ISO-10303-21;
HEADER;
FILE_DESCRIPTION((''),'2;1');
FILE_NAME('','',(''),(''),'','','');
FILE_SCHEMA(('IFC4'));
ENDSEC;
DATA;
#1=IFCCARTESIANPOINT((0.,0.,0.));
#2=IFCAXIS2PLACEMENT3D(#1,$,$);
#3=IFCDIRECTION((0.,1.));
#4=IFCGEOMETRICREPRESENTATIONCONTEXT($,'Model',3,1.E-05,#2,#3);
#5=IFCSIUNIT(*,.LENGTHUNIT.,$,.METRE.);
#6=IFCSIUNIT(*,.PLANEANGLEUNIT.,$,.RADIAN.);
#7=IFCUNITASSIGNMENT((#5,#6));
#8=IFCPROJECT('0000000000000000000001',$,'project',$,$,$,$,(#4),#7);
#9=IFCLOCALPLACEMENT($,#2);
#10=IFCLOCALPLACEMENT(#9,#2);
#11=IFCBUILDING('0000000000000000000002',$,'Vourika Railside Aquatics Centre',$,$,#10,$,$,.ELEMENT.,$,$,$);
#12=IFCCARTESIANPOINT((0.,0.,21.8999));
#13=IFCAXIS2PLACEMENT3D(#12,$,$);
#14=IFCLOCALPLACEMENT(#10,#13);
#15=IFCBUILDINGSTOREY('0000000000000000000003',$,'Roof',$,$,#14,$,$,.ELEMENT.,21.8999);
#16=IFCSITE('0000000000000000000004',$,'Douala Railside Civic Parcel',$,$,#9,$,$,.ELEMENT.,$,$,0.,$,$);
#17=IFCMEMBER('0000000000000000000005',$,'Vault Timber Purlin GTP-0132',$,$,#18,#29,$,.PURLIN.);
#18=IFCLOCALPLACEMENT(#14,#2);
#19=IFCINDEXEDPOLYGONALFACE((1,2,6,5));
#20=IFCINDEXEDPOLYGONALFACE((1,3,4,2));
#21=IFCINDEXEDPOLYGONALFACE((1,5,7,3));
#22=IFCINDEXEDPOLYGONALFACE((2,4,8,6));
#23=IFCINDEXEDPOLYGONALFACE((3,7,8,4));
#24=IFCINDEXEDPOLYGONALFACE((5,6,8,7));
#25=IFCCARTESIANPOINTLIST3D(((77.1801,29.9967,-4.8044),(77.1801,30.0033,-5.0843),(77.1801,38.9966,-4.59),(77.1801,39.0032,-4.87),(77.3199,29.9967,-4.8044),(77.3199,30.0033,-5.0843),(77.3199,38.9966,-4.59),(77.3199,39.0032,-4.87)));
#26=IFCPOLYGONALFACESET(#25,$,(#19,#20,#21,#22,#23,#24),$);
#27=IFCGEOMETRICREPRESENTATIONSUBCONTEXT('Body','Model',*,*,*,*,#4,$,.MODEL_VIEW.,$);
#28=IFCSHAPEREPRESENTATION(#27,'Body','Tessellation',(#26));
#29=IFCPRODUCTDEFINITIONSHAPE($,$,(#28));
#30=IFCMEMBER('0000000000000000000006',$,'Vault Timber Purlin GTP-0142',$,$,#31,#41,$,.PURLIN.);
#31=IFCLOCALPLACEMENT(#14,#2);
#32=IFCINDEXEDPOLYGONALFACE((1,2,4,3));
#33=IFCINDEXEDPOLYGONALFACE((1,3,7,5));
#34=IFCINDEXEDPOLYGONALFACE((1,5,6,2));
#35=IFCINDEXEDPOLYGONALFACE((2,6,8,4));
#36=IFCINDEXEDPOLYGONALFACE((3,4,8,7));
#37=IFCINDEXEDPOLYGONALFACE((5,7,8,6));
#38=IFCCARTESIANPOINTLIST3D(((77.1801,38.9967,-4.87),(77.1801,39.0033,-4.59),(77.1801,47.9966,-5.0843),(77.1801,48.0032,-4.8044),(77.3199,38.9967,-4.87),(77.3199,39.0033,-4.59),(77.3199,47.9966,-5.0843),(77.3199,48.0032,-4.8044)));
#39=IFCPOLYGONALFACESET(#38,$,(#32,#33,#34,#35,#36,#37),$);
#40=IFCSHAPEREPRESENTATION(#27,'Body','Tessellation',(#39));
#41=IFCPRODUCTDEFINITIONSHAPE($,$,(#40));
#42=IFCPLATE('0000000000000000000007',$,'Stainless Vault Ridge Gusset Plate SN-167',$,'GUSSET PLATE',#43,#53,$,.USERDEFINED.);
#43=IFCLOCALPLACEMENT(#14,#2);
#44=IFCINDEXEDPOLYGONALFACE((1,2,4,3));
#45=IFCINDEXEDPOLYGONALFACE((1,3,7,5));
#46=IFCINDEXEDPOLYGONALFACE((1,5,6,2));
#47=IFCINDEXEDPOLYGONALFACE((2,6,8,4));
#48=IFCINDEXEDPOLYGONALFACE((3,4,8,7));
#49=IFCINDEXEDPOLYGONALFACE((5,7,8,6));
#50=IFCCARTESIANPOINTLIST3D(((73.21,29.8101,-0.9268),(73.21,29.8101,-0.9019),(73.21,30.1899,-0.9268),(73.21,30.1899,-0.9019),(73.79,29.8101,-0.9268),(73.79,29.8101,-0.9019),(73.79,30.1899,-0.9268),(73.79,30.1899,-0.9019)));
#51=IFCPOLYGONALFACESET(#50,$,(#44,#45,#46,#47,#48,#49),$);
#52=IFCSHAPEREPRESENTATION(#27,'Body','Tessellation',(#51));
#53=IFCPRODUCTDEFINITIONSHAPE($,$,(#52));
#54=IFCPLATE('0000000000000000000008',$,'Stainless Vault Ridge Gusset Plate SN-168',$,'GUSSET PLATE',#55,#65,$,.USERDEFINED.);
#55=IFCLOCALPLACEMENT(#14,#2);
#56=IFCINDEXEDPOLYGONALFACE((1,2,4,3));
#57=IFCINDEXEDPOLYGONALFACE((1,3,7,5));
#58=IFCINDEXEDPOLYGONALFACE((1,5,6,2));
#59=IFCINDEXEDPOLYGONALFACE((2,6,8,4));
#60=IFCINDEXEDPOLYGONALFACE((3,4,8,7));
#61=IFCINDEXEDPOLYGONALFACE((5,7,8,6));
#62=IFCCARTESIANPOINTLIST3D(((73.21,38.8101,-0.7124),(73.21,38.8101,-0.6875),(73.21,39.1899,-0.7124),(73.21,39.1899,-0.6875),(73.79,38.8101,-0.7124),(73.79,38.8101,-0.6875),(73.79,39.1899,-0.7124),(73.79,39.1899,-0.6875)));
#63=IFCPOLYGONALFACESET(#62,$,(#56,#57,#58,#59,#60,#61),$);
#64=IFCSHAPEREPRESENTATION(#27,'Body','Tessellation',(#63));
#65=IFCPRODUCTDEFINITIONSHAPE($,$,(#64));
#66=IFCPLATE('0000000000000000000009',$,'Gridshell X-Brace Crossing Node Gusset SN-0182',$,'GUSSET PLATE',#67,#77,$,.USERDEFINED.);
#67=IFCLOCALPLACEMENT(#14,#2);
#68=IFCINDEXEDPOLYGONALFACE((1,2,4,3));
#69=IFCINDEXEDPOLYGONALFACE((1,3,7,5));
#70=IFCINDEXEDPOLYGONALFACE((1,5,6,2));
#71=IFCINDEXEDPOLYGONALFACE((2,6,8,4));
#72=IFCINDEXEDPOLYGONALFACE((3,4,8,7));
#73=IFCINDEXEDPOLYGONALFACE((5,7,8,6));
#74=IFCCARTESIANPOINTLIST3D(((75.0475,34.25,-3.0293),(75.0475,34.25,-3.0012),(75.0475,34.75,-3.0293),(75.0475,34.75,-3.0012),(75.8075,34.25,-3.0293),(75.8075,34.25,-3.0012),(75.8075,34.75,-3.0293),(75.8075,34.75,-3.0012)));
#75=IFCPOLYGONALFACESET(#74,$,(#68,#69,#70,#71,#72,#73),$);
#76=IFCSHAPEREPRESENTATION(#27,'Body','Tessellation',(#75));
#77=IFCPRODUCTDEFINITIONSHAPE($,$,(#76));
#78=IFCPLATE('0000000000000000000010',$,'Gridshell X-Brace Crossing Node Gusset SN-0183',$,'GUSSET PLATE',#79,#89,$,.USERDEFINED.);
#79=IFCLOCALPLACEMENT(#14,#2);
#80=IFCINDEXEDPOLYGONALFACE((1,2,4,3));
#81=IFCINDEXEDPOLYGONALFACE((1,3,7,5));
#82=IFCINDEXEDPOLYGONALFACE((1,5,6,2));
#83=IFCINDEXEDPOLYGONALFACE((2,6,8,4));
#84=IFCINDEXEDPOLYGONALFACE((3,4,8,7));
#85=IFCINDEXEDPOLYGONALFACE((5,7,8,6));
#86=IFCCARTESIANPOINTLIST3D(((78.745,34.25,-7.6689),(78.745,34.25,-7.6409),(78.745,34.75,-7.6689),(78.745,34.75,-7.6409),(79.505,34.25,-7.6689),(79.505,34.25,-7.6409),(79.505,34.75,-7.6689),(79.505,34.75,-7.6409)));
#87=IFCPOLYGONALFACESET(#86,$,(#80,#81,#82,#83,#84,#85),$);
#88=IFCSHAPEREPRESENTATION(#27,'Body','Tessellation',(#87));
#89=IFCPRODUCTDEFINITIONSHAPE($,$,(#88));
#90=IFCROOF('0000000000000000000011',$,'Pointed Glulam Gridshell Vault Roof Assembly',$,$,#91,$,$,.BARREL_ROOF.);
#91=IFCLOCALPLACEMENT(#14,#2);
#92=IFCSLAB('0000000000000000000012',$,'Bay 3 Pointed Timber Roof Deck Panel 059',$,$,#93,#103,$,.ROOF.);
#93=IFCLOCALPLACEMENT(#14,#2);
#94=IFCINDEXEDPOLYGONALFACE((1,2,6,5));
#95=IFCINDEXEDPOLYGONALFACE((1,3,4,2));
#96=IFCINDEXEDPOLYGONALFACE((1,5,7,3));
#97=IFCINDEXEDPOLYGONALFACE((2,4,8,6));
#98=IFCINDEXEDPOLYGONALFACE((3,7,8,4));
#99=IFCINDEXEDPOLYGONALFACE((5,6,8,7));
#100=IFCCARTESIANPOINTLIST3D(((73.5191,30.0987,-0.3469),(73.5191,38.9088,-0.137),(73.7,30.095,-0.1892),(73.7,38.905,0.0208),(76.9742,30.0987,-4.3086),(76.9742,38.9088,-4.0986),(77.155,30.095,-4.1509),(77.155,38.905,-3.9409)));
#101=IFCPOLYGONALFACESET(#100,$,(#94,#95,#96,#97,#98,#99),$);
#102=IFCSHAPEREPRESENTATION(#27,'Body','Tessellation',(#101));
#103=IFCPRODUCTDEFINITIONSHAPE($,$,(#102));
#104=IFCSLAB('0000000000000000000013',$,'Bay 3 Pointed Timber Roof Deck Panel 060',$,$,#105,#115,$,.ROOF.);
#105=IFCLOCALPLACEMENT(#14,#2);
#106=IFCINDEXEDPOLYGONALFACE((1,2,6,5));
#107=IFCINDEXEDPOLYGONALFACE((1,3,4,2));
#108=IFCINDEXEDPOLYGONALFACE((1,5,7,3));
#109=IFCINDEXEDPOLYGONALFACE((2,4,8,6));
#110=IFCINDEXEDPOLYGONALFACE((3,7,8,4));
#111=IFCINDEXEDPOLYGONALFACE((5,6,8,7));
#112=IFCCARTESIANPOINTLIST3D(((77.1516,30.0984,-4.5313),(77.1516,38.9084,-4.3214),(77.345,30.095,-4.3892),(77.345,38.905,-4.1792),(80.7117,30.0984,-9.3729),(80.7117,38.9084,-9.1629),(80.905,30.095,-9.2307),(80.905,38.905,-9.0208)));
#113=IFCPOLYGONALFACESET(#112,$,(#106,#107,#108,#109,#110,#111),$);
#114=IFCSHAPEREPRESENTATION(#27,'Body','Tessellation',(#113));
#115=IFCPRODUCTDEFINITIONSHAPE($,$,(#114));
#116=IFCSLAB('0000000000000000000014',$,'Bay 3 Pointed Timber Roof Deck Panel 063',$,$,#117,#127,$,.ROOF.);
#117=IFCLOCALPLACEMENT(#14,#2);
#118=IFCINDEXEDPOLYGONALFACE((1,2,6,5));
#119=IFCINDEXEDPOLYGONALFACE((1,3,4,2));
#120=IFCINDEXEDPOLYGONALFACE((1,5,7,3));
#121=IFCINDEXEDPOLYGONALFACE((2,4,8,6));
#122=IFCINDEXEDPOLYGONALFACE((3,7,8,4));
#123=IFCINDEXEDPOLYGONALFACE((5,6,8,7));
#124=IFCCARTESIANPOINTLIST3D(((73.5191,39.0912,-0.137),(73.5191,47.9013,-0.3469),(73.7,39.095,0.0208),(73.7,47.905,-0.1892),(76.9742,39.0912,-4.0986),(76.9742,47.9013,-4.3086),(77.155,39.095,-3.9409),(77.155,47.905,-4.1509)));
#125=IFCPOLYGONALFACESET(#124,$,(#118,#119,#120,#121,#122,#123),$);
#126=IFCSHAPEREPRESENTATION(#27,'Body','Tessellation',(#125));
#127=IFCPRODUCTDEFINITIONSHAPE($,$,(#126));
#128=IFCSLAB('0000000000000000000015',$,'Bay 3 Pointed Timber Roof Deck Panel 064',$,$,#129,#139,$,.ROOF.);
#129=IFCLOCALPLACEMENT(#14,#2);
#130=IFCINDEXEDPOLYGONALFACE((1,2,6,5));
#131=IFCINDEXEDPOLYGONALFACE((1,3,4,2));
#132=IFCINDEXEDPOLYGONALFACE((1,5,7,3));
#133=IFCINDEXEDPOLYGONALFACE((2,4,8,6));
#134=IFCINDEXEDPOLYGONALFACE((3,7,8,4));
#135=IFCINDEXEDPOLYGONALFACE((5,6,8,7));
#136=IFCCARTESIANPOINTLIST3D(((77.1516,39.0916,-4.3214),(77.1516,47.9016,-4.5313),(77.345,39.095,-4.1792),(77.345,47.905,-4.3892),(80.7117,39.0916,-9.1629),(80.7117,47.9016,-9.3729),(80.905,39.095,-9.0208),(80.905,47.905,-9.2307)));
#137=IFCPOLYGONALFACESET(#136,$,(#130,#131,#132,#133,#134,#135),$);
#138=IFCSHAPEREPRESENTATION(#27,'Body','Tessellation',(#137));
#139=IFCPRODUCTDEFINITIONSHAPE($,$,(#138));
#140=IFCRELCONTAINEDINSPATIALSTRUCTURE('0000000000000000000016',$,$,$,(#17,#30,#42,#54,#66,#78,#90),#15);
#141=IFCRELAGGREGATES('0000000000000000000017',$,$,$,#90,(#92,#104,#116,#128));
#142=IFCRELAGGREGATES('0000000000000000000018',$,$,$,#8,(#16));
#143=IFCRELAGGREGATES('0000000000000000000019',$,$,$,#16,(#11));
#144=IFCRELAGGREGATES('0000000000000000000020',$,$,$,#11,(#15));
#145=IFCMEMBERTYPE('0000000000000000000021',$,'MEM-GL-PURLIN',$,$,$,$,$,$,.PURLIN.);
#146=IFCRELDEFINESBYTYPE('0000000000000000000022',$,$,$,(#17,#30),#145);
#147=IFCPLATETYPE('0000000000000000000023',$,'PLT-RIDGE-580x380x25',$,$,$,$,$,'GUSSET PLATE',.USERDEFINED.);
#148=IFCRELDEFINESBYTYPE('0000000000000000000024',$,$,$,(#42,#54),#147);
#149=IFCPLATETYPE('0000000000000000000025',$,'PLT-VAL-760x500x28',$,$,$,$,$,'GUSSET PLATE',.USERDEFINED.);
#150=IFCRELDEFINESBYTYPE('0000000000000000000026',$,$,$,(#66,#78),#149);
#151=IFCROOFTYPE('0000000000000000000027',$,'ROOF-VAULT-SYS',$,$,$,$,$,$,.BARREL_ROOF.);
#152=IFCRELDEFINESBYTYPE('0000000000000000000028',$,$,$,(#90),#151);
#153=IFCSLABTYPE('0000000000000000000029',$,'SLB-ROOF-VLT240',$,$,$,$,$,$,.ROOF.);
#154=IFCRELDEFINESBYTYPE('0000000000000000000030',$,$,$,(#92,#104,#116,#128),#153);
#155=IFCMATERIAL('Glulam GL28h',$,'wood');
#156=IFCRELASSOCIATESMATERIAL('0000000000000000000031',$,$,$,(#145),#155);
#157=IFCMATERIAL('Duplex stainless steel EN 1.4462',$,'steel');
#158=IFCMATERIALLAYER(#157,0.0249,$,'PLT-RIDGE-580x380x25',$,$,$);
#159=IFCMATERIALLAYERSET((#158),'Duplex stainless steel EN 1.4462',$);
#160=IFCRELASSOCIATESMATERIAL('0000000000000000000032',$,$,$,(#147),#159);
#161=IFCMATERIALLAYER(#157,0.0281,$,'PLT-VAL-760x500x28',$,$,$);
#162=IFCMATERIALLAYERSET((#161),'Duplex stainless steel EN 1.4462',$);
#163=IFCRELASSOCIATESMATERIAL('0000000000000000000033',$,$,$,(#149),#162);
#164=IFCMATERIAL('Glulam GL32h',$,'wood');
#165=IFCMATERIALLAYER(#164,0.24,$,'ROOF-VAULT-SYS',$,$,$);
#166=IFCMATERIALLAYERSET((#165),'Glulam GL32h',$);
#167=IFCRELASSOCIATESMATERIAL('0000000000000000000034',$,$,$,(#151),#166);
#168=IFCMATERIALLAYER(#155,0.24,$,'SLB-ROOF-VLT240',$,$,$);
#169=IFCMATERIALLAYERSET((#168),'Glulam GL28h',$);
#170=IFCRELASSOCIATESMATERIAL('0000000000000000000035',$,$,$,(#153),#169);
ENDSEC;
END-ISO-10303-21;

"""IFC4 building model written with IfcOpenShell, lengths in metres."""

from ifc_helpers import new_model, si_unit, direction, frame, origin, origin_2d, place, context, subcontext, project, spatial, polyline, rectangle, outline, extrude, material, layer, layer_set, material_profile, profile_set, type_object, element, aggregate, save


model = new_model("IFC4")

# Units and contexts
model_context = context("Model", 3, precision=1e-05, world=origin(), true_north=direction((0.0, 1.0)))
body_context = subcontext(model_context, "Body", "Model", "MODEL_VIEW")
ifc_project = project(units=[si_unit("LENGTHUNIT", "METRE"), si_unit("PLANEANGLEUNIT", "RADIAN")], contexts=[model_context])

# Site, building, storey
site_placement = place(None, origin())
site = spatial("IfcSite", under=ifc_project, at=site_placement, Name="Douala Railside Civic Parcel", CompositionType="ELEMENT", RefElevation=0.0)
building_placement = place(site_placement, origin())
building = spatial("IfcBuilding", under=site, at=building_placement, Name="Vourika Railside Aquatics Centre", CompositionType="ELEMENT")
storey_placement = place(building_placement, frame((0.0, 0.0, 21.8999)))
storey = spatial("IfcBuildingStorey", under=building, at=storey_placement, Name="Roof", CompositionType="ELEMENT", Elevation=21.8999)

# Shared definitions
ifc_material_1 = material(Name="Glulam GL32h", Category="wood")

# Members
ifc_material_2 = material(Name="Glulam GL28h", Category="wood")
ifc_material_profile_1 = material_profile(ifc_material_2, rectangle(XDim=0.1399, YDim=0.28, at=origin_2d()), Name="GL28h 140x280")
ifc_profile_set_1 = profile_set([ifc_material_profile_1], Name="Glulam GL28h")
member_type_1 = type_object("IfcMemberType", Name="MEM-GL-PURLIN", PredefinedType="PURLIN", material=ifc_profile_set_1)
for number, where, z_axis, x_axis, name in (
    (1, (77.25, 30.0, -4.9443), (0.0, 0.999716, 0.023811), (-1.0, 0.0, 0.0), "Vault Timber Purlin GTP-0132"),
    (2, (77.25, 39.0, -4.73), (0.0, 0.999716, -0.023811), (-1.0, 0.0, 0.0), "Vault Timber Purlin GTP-0142"),
):
    element("IfcMember", number, at=place(storey_placement, frame(where, z_axis=z_axis, x_axis=x_axis)), inside=storey, type_object=member_type_1, Name=name, PredefinedType="PURLIN", context=body_context, shape_type="SweptSolid", body=[
        extrude(rectangle(XDim=0.1399, YDim=0.28, at=origin_2d()), origin(), (0.0, 0.0, 1.0), 9.0024),
    ])

# Plates
ifc_material_3 = material(Name="Duplex stainless steel EN 1.4462", Category="steel")
ifc_layer_1 = layer(ifc_material_3, 0.0249, Name="PLT-RIDGE-580x380x25")
ifc_layer_set_1 = layer_set([ifc_layer_1], Name="Duplex stainless steel EN 1.4462")
plate_type_1 = type_object("IfcPlateType", Name="PLT-RIDGE-580x380x25", ElementType="GUSSET PLATE", PredefinedType="USERDEFINED", material=ifc_layer_set_1)
for number, where, z_axis, x_axis, name in (
    (3, (73.5, 30.0, -0.9268), (0.0, 0.0, 1.0), (1.0, 0.0, 0.0), "Stainless Vault Ridge Gusset Plate SN-167"),
    (4, (73.5, 39.0, -0.7124), (0.0, 0.0, 1.0), (1.0, 0.0, 0.0), "Stainless Vault Ridge Gusset Plate SN-168"),
):
    element("IfcPlate", number, at=place(storey_placement, frame(where, z_axis=z_axis, x_axis=x_axis)), inside=storey, type_object=plate_type_1, Name=name, ObjectType="GUSSET PLATE", PredefinedType="USERDEFINED", context=body_context, shape_type="SweptSolid", body=[
        extrude(rectangle(XDim=0.5801, YDim=0.3799, at=origin_2d()), origin(), (0.0, 0.0, 1.0), 0.0249),
    ])
ifc_layer_2 = layer(ifc_material_3, 0.0281, Name="PLT-VAL-760x500x28")
ifc_layer_set_2 = layer_set([ifc_layer_2], Name="Duplex stainless steel EN 1.4462")
plate_type_2 = type_object("IfcPlateType", Name="PLT-VAL-760x500x28", ElementType="GUSSET PLATE", PredefinedType="USERDEFINED", material=ifc_layer_set_2)
for number, where, z_axis, x_axis, name in (
    (5, (75.4275, 34.5, -3.0293), (0.0, 0.0, 1.0), (1.0, 0.0, 0.0), "Gridshell X-Brace Crossing Node Gusset SN-0182"),
    (6, (79.125, 34.5, -7.6689), (0.0, 0.0, 1.0), (1.0, 0.0, 0.0), "Gridshell X-Brace Crossing Node Gusset SN-0183"),
):
    element("IfcPlate", number, at=place(storey_placement, frame(where, z_axis=z_axis, x_axis=x_axis)), inside=storey, type_object=plate_type_2, Name=name, ObjectType="GUSSET PLATE", PredefinedType="USERDEFINED", context=body_context, shape_type="SweptSolid", body=[
        extrude(rectangle(XDim=0.76, YDim=0.5, at=origin_2d()), origin(), (0.0, 0.0, 1.0), 0.0281),
    ])

# Roof, slabs
ifc_layer_3 = layer(ifc_material_1, 0.24, Name="ROOF-VAULT-SYS")
ifc_layer_set_3 = layer_set([ifc_layer_3], Name="Glulam GL32h")
roof_type = type_object("IfcRoofType", Name="ROOF-VAULT-SYS", PredefinedType="BARREL_ROOF", material=ifc_layer_set_3)
roof_placement = place(storey_placement, origin())
roof = element("IfcRoof", 7, at=roof_placement, inside=storey, type_object=roof_type, Name="Pointed Glulam Gridshell Vault Roof Assembly", PredefinedType="BARREL_ROOF")
ifc_layer_4 = layer(ifc_material_2, 0.24, Name="SLB-ROOF-VLT240")
ifc_layer_set_4 = layer_set([ifc_layer_4], Name="Glulam GL28h")
slab_type = type_object("IfcSlabType", Name="SLB-ROOF-VLT240", PredefinedType="ROOF", material=ifc_layer_set_4)
slab_1_placement = place(storey_placement, frame((73.7, 30.095, -0.1892), z_axis=(0.753556, -0.015662, 0.657197), x_axis=(0.657277, 0.0, -0.753649)))
slab_1 = element("IfcSlab", 8, at=slab_1_placement, type_object=slab_type, Name="Bay 3 Pointed Timber Roof Deck Panel 059", PredefinedType="ROOF", context=body_context, shape_type="SweptSolid", body=[
    extrude(outline(polyline([(0.0, 0.0), (5.2567, 0.0), (5.0984, 8.8111), (-0.1582, 8.8111), (0.0, 0.0)])), origin(), (0.0, 0.0, -1.0), 0.24),
])
slab_2_placement = place(storey_placement, frame((77.345, 30.095, -4.3892), z_axis=(0.805563, -0.014117, 0.592342), x_axis=(0.592401, 0.0, -0.805644)))
slab_2 = element("IfcSlab", 9, at=slab_2_placement, type_object=slab_type, Name="Bay 3 Pointed Timber Roof Deck Panel 060", PredefinedType="ROOF", context=body_context, shape_type="SweptSolid", body=[
    extrude(outline(polyline([(0.0, 0.0), (6.0095, 0.0), (5.8404, 8.8109), (-0.1692, 8.8109), (0.0, 0.0)])), origin(), (0.0, 0.0, -1.0), 0.24),
])
slab_3_placement = place(storey_placement, frame((73.7, 39.095, 0.0208), z_axis=(0.753556, 0.015662, 0.657197), x_axis=(0.657277, 0.0, -0.753649)))
slab_3 = element("IfcSlab", 10, at=slab_3_placement, type_object=slab_type, Name="Bay 3 Pointed Timber Roof Deck Panel 063", PredefinedType="ROOF", context=body_context, shape_type="SweptSolid", body=[
    extrude(outline(polyline([(0.0, 0.0), (5.2567, 0.0), (5.4149, 8.8111), (0.1582, 8.8111), (0.0, 0.0)])), origin(), (0.0, 0.0, -1.0), 0.24),
])
slab_4_placement = place(storey_placement, frame((77.345, 39.095, -4.1792), z_axis=(0.805563, 0.014117, 0.592342), x_axis=(0.592401, 0.0, -0.805644)))
slab_4 = element("IfcSlab", 11, at=slab_4_placement, type_object=slab_type, Name="Bay 3 Pointed Timber Roof Deck Panel 064", PredefinedType="ROOF", context=body_context, shape_type="SweptSolid", body=[
    extrude(outline(polyline([(0.0, 0.0), (6.0095, 0.0), (6.1787, 8.8109), (0.1692, 8.8109), (0.0, 0.0)])), origin(), (0.0, 0.0, -1.0), 0.24),
])
aggregate(roof, [slab_1, slab_2, slab_3, slab_4])

save(model, "model.ifc")
